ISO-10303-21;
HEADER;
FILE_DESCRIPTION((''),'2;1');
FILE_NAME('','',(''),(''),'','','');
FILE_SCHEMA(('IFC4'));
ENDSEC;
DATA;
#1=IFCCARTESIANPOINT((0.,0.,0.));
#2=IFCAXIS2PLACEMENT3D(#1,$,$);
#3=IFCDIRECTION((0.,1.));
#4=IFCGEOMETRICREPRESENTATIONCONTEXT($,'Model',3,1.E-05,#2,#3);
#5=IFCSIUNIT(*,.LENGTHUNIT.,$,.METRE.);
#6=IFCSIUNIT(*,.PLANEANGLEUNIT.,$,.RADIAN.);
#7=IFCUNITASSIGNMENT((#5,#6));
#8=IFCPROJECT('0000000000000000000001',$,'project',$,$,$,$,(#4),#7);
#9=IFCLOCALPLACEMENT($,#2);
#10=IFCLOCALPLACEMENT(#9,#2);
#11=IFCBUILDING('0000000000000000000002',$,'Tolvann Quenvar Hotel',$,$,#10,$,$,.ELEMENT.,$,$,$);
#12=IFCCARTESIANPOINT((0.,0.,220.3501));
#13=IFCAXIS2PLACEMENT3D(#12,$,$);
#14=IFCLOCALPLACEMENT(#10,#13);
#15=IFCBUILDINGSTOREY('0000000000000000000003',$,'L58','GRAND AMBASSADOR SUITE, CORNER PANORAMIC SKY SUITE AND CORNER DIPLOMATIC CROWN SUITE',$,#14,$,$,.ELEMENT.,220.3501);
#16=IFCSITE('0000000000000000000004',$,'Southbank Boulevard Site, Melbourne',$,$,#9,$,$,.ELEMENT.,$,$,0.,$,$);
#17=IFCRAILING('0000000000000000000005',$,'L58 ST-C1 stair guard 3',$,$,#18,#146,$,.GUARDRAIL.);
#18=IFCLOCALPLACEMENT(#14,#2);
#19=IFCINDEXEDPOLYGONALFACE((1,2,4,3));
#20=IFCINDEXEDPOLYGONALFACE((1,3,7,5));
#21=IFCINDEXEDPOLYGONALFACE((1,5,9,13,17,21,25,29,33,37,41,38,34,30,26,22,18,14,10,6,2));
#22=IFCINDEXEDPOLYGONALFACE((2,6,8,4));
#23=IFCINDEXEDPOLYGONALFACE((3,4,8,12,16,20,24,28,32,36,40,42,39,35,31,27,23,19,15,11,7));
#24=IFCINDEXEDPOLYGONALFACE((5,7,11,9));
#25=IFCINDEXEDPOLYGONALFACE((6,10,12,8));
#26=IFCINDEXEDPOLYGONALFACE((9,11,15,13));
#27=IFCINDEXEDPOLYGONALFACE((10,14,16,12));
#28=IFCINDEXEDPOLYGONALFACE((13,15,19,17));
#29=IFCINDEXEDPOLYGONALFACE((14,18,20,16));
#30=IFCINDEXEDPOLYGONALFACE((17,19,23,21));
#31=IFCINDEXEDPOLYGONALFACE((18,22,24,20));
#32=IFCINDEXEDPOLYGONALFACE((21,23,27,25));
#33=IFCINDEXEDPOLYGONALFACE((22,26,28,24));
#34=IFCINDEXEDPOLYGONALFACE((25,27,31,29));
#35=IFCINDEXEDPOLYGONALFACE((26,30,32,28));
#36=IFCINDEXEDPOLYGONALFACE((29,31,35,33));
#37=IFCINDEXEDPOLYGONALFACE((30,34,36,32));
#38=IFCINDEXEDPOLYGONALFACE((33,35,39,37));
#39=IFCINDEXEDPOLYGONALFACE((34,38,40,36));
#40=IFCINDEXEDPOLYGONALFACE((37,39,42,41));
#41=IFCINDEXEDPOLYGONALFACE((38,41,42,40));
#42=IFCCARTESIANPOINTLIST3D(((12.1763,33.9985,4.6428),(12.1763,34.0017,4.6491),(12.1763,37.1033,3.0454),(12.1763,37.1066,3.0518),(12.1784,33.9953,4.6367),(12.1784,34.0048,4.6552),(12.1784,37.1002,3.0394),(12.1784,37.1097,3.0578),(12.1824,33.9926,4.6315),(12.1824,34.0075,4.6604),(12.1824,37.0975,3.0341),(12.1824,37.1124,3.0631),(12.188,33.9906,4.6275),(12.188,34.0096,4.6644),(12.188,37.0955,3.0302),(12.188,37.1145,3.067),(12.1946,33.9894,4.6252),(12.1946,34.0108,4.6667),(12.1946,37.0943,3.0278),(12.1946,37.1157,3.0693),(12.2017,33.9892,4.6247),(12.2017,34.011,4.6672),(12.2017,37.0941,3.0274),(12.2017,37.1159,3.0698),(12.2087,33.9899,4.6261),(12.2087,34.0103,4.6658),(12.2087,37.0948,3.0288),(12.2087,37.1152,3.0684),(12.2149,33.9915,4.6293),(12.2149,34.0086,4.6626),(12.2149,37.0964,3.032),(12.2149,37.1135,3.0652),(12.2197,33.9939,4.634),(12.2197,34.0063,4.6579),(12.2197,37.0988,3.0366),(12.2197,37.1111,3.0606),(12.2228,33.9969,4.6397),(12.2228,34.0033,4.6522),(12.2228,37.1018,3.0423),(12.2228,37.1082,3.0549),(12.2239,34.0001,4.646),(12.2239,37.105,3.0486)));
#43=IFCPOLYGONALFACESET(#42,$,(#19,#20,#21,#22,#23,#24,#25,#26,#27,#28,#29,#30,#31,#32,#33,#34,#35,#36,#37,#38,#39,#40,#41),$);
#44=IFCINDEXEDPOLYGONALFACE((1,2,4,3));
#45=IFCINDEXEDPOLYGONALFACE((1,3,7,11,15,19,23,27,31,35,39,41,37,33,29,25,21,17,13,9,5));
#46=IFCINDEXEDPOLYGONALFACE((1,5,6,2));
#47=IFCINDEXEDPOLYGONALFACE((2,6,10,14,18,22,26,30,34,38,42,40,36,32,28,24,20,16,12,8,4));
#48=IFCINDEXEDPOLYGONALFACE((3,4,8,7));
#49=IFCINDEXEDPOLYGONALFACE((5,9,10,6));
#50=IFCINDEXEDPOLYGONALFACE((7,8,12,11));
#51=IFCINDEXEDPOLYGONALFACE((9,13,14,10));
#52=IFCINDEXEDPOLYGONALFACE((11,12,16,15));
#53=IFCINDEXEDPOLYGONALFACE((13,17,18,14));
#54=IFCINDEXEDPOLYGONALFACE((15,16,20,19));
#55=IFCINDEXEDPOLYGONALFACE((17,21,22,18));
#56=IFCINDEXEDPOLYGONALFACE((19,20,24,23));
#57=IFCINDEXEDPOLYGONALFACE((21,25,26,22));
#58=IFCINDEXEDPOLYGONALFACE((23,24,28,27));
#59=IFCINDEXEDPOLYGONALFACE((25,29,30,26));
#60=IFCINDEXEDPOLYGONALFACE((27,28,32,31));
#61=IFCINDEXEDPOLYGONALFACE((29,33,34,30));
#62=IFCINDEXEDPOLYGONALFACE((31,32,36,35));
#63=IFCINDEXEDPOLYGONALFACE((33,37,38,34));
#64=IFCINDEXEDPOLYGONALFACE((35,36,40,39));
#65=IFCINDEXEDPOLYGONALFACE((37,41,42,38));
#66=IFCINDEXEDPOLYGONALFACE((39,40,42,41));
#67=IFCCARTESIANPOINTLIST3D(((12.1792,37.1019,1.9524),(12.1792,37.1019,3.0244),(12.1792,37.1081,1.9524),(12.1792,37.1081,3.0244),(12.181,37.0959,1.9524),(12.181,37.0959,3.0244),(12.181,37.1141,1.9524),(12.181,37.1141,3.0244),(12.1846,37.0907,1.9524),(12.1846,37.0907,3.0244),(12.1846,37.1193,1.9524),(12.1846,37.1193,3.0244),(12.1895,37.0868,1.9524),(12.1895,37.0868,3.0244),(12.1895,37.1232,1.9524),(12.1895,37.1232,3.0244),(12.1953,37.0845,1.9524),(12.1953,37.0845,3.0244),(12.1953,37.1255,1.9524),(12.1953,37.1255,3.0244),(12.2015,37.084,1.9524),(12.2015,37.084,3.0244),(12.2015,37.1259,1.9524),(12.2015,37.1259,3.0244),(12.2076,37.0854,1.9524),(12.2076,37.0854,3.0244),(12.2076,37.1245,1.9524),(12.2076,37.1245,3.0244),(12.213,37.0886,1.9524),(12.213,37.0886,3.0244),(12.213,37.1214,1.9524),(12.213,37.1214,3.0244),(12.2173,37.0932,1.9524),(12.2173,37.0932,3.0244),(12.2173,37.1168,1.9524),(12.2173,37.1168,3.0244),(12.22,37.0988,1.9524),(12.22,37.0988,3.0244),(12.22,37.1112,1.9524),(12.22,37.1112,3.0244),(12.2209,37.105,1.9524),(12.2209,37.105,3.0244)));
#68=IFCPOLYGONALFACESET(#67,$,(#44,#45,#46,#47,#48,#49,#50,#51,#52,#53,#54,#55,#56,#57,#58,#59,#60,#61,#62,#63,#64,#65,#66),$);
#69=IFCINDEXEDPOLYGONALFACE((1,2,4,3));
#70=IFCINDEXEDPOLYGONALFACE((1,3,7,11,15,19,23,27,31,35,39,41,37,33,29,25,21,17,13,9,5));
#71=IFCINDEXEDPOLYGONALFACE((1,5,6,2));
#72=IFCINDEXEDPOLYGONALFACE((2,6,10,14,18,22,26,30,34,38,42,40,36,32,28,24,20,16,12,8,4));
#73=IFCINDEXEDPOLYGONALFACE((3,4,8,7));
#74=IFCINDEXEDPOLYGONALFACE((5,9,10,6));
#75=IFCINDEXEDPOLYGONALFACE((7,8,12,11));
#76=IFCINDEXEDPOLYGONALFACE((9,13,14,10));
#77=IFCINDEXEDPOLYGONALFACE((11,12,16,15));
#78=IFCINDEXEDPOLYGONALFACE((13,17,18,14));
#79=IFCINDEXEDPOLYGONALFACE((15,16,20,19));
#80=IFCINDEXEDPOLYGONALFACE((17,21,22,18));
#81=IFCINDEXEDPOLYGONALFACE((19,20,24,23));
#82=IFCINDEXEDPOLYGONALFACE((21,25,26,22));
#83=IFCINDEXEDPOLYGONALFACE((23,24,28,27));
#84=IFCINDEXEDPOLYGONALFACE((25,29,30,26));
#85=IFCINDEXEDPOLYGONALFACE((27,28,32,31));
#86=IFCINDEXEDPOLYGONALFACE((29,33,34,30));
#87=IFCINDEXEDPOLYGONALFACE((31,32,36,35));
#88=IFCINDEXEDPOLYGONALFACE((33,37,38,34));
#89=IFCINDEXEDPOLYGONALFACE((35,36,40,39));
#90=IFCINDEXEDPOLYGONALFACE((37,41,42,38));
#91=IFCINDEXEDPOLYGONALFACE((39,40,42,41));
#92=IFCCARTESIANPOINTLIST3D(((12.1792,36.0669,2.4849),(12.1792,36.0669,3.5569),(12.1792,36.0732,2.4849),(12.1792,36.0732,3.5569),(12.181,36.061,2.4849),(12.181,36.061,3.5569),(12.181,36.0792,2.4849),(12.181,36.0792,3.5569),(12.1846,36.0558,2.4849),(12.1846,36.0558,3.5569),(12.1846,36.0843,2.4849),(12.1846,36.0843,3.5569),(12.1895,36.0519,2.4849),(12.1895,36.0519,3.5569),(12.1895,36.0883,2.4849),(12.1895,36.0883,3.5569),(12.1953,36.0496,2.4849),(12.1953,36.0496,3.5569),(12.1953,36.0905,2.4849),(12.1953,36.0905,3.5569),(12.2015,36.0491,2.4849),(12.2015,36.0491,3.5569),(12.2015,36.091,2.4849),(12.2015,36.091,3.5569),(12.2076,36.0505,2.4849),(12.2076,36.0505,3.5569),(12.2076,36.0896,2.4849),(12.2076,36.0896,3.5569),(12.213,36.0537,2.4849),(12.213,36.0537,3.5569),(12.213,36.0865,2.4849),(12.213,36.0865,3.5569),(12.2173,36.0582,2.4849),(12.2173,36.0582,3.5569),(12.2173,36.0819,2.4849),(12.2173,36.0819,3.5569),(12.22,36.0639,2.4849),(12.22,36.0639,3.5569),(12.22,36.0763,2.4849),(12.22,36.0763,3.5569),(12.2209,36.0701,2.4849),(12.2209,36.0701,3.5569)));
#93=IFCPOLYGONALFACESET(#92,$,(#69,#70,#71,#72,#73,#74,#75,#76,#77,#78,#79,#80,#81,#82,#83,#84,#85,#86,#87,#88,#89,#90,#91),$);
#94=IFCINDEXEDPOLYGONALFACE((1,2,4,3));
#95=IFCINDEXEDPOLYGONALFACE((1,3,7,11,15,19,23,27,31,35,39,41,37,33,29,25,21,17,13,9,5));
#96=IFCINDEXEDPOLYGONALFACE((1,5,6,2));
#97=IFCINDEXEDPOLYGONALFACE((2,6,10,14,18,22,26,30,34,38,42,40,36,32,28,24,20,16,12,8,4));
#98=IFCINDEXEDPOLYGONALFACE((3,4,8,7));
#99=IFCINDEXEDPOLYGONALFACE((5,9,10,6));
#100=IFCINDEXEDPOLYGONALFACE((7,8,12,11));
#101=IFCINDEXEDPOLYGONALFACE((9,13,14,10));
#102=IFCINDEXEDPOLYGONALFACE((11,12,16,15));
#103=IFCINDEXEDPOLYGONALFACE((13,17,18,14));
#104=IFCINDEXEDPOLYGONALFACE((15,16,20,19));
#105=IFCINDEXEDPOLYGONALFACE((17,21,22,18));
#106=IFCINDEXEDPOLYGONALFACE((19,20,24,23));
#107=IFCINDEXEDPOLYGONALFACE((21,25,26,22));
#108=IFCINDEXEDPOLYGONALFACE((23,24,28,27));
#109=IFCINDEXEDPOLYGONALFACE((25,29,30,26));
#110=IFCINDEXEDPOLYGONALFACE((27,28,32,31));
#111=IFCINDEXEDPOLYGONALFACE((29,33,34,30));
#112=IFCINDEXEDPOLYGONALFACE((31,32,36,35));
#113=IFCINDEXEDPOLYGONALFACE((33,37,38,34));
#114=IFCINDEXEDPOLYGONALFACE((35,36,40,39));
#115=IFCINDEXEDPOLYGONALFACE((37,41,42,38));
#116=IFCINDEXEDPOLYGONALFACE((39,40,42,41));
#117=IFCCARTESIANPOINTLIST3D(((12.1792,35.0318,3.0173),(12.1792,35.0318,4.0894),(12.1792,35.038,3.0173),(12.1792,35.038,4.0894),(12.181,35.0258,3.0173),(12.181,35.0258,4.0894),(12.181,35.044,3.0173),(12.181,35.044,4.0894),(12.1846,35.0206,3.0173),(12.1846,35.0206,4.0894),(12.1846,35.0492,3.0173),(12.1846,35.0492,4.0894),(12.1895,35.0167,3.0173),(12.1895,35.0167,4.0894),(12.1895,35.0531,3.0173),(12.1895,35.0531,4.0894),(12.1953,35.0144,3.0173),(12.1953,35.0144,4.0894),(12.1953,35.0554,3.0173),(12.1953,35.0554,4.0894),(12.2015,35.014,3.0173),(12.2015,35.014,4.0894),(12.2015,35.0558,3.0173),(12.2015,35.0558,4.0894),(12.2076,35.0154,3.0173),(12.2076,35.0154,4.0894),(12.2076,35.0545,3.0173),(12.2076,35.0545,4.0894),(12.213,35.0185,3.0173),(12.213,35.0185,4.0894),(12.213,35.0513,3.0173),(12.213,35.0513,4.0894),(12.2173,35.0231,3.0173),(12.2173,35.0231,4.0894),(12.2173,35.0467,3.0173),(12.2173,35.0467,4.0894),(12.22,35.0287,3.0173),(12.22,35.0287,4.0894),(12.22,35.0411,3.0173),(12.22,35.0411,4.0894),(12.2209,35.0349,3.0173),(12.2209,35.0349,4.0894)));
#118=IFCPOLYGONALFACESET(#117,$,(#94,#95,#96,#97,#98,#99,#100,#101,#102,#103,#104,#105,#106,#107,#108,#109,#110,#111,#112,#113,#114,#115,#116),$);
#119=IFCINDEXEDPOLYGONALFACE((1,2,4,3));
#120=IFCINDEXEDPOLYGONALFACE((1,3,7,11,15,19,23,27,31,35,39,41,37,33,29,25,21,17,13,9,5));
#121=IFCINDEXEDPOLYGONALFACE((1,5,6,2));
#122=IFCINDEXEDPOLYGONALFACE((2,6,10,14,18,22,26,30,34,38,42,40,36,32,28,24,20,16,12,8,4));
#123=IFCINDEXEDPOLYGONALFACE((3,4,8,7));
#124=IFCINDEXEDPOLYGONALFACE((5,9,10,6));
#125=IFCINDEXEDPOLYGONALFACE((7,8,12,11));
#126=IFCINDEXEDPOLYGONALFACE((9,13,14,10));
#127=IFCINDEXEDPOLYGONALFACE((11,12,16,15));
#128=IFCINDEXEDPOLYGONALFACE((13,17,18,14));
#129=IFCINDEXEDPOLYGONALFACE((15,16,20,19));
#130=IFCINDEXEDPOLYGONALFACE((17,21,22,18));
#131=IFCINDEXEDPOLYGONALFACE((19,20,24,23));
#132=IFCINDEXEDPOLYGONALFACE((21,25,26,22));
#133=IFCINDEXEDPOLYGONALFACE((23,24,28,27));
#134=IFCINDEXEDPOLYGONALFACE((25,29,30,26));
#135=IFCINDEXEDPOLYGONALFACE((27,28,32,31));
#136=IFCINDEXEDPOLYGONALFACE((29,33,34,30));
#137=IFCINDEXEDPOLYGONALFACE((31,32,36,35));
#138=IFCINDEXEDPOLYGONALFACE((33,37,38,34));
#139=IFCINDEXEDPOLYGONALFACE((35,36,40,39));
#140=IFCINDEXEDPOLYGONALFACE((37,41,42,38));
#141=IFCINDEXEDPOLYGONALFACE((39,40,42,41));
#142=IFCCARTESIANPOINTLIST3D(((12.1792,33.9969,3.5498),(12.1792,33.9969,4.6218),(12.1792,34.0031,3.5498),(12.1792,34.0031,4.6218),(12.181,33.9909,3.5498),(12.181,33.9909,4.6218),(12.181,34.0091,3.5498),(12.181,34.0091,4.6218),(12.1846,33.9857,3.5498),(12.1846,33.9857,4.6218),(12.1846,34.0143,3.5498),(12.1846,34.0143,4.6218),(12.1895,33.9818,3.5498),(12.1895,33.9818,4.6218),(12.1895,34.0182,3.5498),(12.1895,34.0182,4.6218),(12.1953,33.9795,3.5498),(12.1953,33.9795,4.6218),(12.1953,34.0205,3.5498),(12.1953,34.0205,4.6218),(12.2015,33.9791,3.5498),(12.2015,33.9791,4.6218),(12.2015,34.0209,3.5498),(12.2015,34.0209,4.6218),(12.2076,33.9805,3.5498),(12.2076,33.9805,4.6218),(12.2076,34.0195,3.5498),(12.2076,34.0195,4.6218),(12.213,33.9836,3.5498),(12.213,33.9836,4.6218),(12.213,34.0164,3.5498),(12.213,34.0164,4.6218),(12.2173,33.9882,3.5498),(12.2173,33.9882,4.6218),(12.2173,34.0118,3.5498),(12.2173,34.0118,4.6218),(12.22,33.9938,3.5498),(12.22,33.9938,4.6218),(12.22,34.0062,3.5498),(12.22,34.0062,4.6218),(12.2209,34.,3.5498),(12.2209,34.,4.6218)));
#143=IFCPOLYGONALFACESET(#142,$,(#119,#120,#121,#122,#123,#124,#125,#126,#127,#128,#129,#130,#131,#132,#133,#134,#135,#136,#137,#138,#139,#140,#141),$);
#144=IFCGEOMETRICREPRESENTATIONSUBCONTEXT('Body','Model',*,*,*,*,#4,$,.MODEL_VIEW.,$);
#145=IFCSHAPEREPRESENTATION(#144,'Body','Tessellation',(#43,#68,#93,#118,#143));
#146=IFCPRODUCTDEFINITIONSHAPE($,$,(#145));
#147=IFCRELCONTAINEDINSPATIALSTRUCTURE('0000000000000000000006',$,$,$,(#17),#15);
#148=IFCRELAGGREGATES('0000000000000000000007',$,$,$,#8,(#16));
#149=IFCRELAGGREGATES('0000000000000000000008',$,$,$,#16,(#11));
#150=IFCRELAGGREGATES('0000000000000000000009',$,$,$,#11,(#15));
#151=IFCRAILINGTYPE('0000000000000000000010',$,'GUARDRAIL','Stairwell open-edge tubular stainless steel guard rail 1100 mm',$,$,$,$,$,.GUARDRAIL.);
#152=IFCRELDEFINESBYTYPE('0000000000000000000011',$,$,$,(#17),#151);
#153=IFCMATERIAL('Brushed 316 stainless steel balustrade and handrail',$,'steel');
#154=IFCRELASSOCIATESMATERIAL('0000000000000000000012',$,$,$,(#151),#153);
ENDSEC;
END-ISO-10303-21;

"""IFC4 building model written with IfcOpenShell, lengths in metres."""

from ifc_helpers import new_model, si_unit, direction, frame, origin, origin_2d, place, context, subcontext, project, spatial, circle, extrude, material, type_object, element, save


model = new_model("IFC4")

# Units and contexts
model_context = context("Model", 3, precision=1e-05, world=origin(), true_north=direction((0.0, 1.0)))
body_context = subcontext(model_context, "Body", "Model", "MODEL_VIEW")
ifc_project = project(units=[si_unit("LENGTHUNIT", "METRE"), si_unit("PLANEANGLEUNIT", "RADIAN")], contexts=[model_context])

# Site, building, storey
site_placement = place(None, origin())
site = spatial("IfcSite", under=ifc_project, at=site_placement, Name="Southbank Boulevard Site, Melbourne", CompositionType="ELEMENT", RefElevation=0.0)
building_placement = place(site_placement, origin())
building = spatial("IfcBuilding", under=site, at=building_placement, Name="Tolvann Quenvar Hotel", CompositionType="ELEMENT")
storey_placement = place(building_placement, frame((0.0, 0.0, 220.3501)))
storey = spatial("IfcBuildingStorey", under=building, at=storey_placement, Name="L58", Description="GRAND AMBASSADOR SUITE, CORNER PANORAMIC SKY SUITE AND CORNER DIPLOMATIC CROWN SUITE", CompositionType="ELEMENT", Elevation=220.3501)

# Railing
ifc_material_1 = material(Name="Brushed 316 stainless steel balustrade and handrail", Category="steel")
railing_type = type_object("IfcRailingType", Name="GUARDRAIL", Description="Stairwell open-edge tubular stainless steel guard rail 1100 mm", PredefinedType="GUARDRAIL", material=ifc_material_1)
railing_1_placement = place(storey_placement, frame((12.2, 37.105, 1.9524)))
element("IfcRailing", 1, at=railing_1_placement, inside=storey, type_object=railing_type, Name="L58 ST-C1 stair guard 3", PredefinedType="GUARDRAIL", context=body_context, shape_type="SweptSolid", body=[
    extrude(circle(Radius=0.0239, at=origin_2d()), frame((0.0, 0.0, 1.0962), z_axis=(0.0, -0.889222, 0.457476), x_axis=(1.0, 0.0, 0.0)), (0.0, 0.0, 1.0), 3.4917),
    extrude(circle(Radius=0.021, at=origin_2d()), origin(), (0.0, 0.0, 1.0), 1.072),
    extrude(circle(Radius=0.021, at=origin_2d()), frame((0.0, -1.0349, 0.5325)), (0.0, 0.0, 1.0), 1.072),
    extrude(circle(Radius=0.021, at=origin_2d()), frame((0.0, -2.0701, 1.0649)), (0.0, 0.0, 1.0), 1.072),
    extrude(circle(Radius=0.021, at=origin_2d()), frame((0.0, -3.105, 1.5974)), (0.0, 0.0, 1.0), 1.072),
])

save(model, "model.ifc")
